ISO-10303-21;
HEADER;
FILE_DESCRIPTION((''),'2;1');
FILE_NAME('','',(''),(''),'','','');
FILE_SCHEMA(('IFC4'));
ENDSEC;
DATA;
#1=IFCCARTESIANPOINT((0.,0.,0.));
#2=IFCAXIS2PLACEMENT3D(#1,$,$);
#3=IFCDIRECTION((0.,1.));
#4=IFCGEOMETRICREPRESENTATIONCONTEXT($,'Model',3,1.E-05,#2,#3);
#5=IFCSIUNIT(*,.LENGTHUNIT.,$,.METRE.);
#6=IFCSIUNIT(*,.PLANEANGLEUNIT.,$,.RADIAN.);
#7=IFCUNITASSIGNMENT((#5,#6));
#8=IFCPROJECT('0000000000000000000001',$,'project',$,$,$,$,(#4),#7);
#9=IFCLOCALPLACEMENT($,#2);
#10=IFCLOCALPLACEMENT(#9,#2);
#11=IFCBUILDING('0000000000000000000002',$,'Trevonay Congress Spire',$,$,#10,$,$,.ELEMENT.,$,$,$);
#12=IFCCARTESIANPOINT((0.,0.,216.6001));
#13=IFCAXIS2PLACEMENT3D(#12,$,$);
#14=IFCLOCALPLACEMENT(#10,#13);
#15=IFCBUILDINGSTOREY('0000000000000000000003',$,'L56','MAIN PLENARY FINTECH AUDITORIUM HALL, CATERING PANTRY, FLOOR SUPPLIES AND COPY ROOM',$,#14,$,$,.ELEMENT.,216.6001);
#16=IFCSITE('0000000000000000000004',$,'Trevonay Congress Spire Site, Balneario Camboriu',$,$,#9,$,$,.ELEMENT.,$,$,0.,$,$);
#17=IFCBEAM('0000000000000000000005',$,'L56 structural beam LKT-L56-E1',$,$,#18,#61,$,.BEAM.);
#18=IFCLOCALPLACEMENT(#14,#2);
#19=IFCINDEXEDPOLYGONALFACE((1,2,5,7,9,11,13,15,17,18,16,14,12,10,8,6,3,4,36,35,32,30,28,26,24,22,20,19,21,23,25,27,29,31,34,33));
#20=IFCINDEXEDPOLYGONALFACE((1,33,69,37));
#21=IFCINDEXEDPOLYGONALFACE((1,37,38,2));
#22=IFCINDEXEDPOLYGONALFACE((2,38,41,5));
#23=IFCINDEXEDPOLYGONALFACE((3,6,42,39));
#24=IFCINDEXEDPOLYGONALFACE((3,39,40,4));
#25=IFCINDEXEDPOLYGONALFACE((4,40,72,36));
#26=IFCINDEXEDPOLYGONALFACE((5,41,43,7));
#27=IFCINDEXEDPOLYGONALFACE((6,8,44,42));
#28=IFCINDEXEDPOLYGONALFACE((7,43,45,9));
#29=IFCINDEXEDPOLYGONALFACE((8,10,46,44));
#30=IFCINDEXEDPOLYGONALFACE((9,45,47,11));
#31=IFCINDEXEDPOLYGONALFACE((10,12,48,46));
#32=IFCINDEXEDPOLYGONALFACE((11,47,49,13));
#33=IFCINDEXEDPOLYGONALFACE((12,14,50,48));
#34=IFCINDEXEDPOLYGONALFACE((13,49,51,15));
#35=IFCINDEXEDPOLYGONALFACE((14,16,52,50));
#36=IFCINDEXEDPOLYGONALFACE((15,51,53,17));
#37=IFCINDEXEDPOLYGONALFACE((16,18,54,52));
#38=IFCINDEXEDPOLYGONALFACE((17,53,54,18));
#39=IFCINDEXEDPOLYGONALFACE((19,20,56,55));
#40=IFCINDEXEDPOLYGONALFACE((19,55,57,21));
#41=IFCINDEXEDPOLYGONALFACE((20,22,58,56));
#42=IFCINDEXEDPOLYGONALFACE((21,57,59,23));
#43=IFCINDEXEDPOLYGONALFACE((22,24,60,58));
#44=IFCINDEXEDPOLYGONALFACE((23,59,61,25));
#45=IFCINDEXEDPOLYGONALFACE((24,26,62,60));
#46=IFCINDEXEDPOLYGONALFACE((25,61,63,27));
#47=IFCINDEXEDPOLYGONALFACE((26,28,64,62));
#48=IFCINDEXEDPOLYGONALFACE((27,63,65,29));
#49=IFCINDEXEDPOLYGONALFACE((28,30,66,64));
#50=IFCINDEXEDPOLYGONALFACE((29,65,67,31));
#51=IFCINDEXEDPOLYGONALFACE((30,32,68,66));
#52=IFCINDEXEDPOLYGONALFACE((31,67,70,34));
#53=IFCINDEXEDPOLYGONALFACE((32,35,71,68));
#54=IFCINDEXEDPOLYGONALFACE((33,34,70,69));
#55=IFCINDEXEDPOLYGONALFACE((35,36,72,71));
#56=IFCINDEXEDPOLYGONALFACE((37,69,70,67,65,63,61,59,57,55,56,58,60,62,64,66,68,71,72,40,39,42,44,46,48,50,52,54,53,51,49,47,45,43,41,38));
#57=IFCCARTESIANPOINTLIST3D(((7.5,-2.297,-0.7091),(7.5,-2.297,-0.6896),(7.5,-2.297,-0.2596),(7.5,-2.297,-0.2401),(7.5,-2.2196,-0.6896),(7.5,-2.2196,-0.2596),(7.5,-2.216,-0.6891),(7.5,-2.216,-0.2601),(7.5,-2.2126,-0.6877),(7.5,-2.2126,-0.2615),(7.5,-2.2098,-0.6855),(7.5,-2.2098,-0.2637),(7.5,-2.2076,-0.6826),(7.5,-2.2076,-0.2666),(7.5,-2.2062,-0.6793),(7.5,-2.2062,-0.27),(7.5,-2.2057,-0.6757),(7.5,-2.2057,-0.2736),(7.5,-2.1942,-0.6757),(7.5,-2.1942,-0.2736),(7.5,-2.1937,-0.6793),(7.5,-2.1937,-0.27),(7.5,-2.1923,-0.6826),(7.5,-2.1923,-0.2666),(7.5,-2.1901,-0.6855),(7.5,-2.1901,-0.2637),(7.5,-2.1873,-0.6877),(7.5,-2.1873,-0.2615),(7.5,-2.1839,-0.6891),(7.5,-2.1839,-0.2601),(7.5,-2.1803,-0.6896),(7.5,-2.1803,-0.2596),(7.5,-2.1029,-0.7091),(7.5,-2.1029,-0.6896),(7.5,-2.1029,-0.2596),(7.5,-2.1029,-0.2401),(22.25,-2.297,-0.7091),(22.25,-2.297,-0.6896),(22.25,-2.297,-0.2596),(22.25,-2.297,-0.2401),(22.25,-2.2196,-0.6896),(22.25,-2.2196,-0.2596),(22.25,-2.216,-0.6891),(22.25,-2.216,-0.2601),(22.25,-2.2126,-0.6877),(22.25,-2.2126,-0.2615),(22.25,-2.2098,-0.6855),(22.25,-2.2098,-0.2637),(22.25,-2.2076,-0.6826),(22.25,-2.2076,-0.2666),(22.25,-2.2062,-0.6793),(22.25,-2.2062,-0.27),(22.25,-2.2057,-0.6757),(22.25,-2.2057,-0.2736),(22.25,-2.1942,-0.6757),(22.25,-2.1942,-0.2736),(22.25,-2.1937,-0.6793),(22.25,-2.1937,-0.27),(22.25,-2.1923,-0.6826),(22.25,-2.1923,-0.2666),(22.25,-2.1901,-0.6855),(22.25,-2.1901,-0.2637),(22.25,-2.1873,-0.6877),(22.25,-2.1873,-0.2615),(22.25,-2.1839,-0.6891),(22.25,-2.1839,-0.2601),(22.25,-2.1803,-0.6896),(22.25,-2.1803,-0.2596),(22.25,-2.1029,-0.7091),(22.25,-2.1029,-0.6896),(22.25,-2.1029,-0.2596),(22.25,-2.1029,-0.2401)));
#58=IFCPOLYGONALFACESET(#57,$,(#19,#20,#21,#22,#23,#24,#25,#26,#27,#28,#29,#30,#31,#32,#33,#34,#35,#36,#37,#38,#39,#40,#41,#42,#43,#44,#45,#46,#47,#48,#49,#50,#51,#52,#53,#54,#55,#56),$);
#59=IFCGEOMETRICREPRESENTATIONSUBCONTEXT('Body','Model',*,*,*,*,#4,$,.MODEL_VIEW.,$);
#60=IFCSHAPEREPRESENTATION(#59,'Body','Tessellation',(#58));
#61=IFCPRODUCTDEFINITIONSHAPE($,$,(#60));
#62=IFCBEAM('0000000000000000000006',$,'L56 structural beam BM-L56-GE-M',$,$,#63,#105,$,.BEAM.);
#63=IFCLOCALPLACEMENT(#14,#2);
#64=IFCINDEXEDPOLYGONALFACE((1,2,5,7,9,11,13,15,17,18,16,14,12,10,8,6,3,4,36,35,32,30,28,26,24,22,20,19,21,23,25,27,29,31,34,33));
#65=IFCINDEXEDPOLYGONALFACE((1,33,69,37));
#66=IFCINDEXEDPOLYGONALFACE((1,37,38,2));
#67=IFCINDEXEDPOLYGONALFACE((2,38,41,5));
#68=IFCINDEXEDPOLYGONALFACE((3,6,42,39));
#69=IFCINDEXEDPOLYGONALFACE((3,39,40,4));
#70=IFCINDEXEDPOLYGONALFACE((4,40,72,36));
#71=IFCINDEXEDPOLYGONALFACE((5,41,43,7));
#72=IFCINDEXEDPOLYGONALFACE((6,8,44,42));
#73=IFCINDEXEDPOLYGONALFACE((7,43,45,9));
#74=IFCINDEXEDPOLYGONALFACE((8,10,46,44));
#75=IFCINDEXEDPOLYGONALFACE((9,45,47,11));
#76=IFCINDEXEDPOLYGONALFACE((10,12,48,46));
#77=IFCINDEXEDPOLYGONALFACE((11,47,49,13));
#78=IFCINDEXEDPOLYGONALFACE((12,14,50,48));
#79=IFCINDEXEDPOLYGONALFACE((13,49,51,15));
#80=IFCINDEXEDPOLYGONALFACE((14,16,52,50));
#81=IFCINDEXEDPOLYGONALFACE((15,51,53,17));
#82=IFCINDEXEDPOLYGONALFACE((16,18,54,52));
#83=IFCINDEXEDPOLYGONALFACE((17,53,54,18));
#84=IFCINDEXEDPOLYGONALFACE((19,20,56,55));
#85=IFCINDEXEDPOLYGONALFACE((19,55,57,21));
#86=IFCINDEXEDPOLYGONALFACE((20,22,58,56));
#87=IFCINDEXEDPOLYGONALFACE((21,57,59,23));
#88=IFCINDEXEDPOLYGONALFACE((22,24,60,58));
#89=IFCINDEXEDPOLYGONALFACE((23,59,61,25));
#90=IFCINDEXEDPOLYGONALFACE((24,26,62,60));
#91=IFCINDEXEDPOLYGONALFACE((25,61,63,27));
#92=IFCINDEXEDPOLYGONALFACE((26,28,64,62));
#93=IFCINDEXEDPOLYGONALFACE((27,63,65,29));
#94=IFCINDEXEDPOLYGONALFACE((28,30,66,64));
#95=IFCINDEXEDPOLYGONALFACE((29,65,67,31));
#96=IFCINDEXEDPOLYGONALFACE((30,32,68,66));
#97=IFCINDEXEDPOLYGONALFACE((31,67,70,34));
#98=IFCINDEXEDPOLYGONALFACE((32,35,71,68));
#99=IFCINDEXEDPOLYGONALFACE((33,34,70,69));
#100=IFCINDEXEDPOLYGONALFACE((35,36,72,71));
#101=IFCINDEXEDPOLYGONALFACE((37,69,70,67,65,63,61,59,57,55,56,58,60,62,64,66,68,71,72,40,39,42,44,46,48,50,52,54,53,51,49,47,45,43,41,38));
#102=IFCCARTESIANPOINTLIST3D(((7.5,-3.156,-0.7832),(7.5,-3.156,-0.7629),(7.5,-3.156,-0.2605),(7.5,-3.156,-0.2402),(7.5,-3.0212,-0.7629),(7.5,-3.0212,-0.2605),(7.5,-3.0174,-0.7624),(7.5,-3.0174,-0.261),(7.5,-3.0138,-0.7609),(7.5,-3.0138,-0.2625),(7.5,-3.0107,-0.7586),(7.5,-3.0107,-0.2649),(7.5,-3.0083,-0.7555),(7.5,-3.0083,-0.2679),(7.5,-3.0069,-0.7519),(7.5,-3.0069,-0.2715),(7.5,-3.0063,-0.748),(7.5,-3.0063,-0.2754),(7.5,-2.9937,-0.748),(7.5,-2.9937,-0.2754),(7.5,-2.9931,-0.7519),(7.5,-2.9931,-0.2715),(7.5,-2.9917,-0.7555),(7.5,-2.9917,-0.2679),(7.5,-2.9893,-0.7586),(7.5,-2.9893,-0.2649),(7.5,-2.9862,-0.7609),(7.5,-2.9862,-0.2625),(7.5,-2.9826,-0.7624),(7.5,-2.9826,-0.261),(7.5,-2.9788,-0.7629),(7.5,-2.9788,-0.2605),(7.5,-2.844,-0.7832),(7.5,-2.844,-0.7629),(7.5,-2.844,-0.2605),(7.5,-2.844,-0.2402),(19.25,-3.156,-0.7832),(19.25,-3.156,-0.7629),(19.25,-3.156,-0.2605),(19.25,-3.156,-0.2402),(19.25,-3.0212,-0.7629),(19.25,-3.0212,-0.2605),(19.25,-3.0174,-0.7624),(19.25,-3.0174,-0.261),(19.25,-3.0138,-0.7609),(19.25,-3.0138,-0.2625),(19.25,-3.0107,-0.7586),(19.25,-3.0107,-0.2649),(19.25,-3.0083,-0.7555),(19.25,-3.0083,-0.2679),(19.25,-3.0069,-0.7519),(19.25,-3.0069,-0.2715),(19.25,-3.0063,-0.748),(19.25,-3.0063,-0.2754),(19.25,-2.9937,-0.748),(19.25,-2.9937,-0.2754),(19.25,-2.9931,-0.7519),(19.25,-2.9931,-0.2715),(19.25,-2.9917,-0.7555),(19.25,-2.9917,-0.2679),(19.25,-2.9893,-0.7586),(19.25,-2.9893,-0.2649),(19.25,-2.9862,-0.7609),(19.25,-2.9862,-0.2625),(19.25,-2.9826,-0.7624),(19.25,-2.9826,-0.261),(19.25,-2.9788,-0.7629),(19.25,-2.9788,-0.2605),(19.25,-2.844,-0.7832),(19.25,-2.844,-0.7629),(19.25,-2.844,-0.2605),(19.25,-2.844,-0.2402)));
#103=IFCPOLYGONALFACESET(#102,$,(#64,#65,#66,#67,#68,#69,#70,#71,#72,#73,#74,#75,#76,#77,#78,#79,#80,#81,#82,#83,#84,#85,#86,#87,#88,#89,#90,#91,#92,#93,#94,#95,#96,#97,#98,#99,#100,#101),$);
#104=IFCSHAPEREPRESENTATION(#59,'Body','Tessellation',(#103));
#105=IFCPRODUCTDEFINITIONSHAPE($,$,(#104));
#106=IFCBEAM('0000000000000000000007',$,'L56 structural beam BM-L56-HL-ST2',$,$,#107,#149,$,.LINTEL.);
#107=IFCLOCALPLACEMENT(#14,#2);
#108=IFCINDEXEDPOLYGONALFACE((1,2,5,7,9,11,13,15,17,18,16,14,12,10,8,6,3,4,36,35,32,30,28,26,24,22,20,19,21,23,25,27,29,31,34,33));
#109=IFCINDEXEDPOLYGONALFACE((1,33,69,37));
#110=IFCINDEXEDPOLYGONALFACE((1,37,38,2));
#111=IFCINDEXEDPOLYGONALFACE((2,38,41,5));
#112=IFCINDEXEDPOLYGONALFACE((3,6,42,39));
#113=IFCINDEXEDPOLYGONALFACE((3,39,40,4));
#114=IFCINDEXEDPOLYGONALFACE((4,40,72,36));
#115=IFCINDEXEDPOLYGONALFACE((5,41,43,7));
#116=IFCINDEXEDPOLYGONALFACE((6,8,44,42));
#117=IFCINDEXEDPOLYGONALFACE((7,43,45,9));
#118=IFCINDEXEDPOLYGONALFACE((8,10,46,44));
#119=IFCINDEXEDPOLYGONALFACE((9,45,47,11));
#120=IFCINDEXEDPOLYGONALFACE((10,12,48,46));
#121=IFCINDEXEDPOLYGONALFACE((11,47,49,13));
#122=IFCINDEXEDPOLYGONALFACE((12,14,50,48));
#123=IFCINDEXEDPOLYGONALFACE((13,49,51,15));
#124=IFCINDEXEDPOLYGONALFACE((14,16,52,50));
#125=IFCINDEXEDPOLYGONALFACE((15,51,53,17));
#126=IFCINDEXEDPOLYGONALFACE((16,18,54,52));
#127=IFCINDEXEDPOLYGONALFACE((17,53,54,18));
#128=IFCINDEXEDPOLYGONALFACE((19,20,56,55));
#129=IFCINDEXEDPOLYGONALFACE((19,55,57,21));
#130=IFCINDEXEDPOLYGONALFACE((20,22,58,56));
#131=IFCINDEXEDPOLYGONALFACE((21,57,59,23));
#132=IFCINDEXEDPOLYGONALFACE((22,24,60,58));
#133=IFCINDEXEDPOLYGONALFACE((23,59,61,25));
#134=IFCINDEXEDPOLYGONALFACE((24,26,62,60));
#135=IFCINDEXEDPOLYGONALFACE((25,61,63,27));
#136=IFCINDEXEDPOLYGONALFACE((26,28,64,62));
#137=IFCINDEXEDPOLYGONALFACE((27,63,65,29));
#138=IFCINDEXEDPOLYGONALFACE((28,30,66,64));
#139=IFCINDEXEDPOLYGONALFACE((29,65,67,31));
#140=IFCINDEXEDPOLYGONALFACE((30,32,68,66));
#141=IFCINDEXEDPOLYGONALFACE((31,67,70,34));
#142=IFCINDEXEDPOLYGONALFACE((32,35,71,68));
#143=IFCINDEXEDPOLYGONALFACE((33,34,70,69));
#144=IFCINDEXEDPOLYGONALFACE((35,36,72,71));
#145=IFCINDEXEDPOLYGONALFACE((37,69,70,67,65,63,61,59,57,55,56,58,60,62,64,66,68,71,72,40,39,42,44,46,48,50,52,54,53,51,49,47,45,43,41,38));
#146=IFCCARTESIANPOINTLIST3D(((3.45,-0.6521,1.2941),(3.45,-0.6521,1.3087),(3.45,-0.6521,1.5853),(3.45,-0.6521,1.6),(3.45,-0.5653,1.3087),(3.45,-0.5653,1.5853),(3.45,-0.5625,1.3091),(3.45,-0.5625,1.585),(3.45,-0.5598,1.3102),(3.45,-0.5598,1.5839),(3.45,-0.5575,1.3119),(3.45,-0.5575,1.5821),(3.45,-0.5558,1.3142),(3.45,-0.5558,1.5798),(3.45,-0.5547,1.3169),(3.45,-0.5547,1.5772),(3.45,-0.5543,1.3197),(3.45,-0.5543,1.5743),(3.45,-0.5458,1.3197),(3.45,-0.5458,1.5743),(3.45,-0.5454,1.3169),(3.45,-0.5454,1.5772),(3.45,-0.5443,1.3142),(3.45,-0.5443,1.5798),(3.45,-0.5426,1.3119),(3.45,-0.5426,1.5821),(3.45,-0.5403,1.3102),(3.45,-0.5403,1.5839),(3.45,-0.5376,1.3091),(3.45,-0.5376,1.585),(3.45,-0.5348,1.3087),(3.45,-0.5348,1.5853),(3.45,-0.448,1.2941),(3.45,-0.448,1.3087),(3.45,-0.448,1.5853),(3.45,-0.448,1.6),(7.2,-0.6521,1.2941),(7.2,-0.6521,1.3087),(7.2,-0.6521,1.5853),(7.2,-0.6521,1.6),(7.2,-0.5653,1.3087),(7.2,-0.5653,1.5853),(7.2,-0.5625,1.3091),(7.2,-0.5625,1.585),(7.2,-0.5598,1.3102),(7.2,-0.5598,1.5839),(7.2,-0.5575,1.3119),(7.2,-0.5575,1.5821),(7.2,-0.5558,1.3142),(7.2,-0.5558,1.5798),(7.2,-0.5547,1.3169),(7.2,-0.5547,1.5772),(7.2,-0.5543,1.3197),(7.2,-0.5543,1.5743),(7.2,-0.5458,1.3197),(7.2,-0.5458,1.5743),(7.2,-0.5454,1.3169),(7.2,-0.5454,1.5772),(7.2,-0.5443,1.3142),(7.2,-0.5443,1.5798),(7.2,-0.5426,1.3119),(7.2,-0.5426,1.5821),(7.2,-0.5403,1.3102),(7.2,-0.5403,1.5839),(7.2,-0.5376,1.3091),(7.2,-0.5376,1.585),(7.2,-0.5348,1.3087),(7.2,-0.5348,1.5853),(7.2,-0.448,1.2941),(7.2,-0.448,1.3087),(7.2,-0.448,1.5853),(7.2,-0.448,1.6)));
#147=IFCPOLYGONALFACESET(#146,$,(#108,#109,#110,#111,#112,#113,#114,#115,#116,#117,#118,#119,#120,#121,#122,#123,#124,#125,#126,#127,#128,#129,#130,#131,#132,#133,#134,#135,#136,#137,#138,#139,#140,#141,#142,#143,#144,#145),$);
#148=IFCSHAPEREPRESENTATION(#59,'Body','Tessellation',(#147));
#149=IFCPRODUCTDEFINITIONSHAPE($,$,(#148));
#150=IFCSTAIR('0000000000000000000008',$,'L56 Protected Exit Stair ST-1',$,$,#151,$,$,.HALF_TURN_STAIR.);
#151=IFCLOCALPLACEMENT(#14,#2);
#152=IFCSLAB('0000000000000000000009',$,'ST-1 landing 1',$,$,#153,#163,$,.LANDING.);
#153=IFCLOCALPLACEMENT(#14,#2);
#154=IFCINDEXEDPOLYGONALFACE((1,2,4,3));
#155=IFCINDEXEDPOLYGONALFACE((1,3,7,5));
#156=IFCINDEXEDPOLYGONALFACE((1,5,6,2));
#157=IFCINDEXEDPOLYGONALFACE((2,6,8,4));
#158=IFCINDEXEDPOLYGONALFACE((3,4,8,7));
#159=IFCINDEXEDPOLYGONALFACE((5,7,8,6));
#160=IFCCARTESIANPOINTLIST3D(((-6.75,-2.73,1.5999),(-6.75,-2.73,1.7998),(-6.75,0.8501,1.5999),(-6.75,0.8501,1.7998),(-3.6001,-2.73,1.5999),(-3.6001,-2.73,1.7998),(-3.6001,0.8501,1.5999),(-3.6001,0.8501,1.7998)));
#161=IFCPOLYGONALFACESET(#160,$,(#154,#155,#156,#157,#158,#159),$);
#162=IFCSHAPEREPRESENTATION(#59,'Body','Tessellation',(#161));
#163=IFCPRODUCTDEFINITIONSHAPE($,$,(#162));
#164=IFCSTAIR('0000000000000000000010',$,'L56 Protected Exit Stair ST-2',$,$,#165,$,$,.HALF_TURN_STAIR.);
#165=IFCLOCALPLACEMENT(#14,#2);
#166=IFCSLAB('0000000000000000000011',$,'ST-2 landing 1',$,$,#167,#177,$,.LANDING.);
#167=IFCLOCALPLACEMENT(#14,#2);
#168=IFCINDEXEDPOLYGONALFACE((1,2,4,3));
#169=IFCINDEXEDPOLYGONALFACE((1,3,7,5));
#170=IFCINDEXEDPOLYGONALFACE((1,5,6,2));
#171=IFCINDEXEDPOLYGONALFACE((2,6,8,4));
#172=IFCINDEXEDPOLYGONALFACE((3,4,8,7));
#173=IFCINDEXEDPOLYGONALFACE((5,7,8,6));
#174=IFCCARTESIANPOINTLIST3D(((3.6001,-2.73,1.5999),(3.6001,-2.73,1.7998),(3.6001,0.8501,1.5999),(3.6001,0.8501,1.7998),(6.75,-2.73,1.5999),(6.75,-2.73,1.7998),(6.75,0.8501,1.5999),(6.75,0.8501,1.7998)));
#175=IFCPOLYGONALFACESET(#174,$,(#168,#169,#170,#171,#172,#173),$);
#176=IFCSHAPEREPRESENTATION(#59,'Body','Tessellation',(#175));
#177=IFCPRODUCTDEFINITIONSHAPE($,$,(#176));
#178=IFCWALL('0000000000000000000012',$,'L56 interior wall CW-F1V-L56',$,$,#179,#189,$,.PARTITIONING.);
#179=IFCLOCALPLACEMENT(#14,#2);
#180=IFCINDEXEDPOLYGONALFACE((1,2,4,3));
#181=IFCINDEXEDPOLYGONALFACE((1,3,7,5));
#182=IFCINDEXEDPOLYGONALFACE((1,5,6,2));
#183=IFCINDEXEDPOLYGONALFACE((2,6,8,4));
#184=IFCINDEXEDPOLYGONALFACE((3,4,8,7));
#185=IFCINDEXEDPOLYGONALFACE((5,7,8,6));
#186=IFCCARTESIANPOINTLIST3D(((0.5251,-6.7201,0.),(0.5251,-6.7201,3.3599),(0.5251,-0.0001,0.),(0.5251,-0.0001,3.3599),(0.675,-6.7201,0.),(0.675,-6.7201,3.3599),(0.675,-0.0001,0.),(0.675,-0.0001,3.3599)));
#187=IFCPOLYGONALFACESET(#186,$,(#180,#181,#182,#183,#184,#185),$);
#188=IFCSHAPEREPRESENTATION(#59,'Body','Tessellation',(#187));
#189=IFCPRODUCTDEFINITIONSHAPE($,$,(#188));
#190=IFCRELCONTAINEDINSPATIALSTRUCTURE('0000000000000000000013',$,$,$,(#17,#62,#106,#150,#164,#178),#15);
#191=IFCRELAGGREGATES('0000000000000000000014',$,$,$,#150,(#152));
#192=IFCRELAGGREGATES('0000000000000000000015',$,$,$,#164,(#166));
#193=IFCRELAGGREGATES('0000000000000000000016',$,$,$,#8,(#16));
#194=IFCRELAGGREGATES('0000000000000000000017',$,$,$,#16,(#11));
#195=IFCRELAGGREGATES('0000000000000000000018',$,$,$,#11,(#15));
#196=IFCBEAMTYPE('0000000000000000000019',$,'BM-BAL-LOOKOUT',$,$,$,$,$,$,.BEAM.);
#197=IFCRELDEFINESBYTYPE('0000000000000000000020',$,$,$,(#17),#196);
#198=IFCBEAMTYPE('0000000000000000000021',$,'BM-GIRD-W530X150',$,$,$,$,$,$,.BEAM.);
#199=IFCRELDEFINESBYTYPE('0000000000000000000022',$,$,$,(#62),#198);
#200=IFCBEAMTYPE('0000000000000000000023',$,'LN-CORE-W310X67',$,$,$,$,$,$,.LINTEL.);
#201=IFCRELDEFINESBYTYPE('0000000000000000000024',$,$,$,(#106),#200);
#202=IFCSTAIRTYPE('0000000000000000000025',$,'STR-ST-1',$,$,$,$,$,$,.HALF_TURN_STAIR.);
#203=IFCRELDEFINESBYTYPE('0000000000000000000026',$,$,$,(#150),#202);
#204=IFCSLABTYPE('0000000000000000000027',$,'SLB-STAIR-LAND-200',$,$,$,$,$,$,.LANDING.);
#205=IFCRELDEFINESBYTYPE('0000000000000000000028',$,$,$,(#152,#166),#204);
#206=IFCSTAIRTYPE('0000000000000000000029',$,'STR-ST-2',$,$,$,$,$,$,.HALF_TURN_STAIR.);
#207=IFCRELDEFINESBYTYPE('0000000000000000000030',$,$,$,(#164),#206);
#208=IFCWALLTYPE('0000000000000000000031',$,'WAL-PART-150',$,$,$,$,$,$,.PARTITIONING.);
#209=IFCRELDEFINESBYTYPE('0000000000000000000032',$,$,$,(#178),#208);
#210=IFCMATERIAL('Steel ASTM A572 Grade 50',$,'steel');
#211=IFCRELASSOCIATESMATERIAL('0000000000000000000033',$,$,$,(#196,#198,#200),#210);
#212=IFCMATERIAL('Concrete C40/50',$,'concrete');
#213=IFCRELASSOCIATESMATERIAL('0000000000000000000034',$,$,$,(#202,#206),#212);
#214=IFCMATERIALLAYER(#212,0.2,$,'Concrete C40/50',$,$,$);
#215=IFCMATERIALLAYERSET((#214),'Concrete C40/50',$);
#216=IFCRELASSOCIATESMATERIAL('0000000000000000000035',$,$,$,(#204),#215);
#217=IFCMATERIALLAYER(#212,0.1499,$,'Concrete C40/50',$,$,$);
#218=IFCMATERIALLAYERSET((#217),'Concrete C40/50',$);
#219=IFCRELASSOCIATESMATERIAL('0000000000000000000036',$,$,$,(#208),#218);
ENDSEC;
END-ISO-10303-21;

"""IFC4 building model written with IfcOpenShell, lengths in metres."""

from ifc_helpers import new_model, si_unit, direction, frame, frame_2d, origin, origin_2d, place, context, subcontext, project, spatial, polyline, rectangle, i_section, outline, extrude, material, layer, layer_set, material_profile, profile_set, type_object, element, aggregate, save


model = new_model("IFC4")

# Units and contexts
model_context = context("Model", 3, precision=1e-05, world=origin(), true_north=direction((0.0, 1.0)))
body_context = subcontext(model_context, "Body", "Model", "MODEL_VIEW")
ifc_project = project(units=[si_unit("LENGTHUNIT", "METRE"), si_unit("PLANEANGLEUNIT", "RADIAN")], contexts=[model_context])

# Site, building, storey
site_placement = place(None, origin())
site = spatial("IfcSite", under=ifc_project, at=site_placement, Name="Trevonay Congress Spire Site, Balneario Camboriu", CompositionType="ELEMENT", RefElevation=0.0)
building_placement = place(site_placement, origin())
building = spatial("IfcBuilding", under=site, at=building_placement, Name="Trevonay Congress Spire", CompositionType="ELEMENT")
storey_placement = place(building_placement, frame((0.0, 0.0, 216.6001)))
storey = spatial("IfcBuildingStorey", under=building, at=storey_placement, Name="L56", Description="MAIN PLENARY FINTECH AUDITORIUM HALL, CATERING PANTRY, FLOOR SUPPLIES AND COPY ROOM", CompositionType="ELEMENT", Elevation=216.6001)

# Beams
ifc_material_1 = material(Name="Steel ASTM A572 Grade 50", Category="steel")
ifc_material_profile_1 = material_profile(ifc_material_1, i_section(OverallWidth=0.1941, OverallDepth=0.469, WebThickness=0.0115, FlangeThickness=0.0195, FilletRadius=0.0139, at=origin_2d()), Name="W460x106")
ifc_profile_set_1 = profile_set([ifc_material_profile_1], Name="Steel ASTM A572 Grade 50")
beam_type_1 = type_object("IfcBeamType", Name="BM-BAL-LOOKOUT", PredefinedType="BEAM", material=ifc_profile_set_1)
beam_1_placement = place(storey_placement, frame((7.5, -2.2, -0.4746), z_axis=(1.0, 0.0, 0.0), x_axis=(0.0, 1.0, 0.0)))
element("IfcBeam", 1, at=beam_1_placement, inside=storey, type_object=beam_type_1, Name="L56 structural beam LKT-L56-E1", PredefinedType="BEAM", context=body_context, shape_type="SweptSolid", body=[
    extrude(i_section(OverallWidth=0.1941, OverallDepth=0.469, WebThickness=0.0115, FlangeThickness=0.0195, FilletRadius=0.0139, at=origin_2d()), origin(), (0.0, 0.0, 1.0), 14.75),
])
ifc_material_profile_2 = material_profile(ifc_material_1, i_section(OverallWidth=0.312, OverallDepth=0.543, WebThickness=0.0127, FlangeThickness=0.0203, FilletRadius=0.0149, at=origin_2d()), Name="W530x150")
ifc_profile_set_2 = profile_set([ifc_material_profile_2], Name="Steel ASTM A572 Grade 50")
beam_type_2 = type_object("IfcBeamType", Name="BM-GIRD-W530X150", PredefinedType="BEAM", material=ifc_profile_set_2)
beam_2_placement = place(storey_placement, frame((7.5, -3.0, -0.5117), z_axis=(1.0, 0.0, 0.0), x_axis=(0.0, 1.0, 0.0)))
element("IfcBeam", 2, at=beam_2_placement, inside=storey, type_object=beam_type_2, Name="L56 structural beam BM-L56-GE-M", PredefinedType="BEAM", context=body_context, shape_type="SweptSolid", body=[
    extrude(i_section(OverallWidth=0.312, OverallDepth=0.543, WebThickness=0.0127, FlangeThickness=0.0203, FilletRadius=0.0149, at=origin_2d()), origin(), (0.0, 0.0, 1.0), 11.75),
])
ifc_material_profile_3 = material_profile(ifc_material_1, i_section(OverallWidth=0.2041, OverallDepth=0.3059, WebThickness=0.0085, FlangeThickness=0.0146, FilletRadius=0.011, at=origin_2d()), Name="W310x67")
ifc_profile_set_3 = profile_set([ifc_material_profile_3], Name="Steel ASTM A572 Grade 50")
beam_type_3 = type_object("IfcBeamType", Name="LN-CORE-W310X67", PredefinedType="LINTEL", material=ifc_profile_set_3)
beam_3_placement = place(storey_placement, frame((3.45, -0.55, 1.447), z_axis=(1.0, 0.0, 0.0), x_axis=(0.0, 1.0, 0.0)))
element("IfcBeam", 3, at=beam_3_placement, inside=storey, type_object=beam_type_3, Name="L56 structural beam BM-L56-HL-ST2", PredefinedType="LINTEL", context=body_context, shape_type="SweptSolid", body=[
    extrude(i_section(OverallWidth=0.2041, OverallDepth=0.3059, WebThickness=0.0085, FlangeThickness=0.0146, FilletRadius=0.011, at=origin_2d()), origin(), (0.0, 0.0, 1.0), 3.75),
])

# Stairs, slabs
ifc_material_2 = material(Name="Concrete C40/50", Category="concrete")
stair_type_1 = type_object("IfcStairType", Name="STR-ST-1", PredefinedType="HALF_TURN_STAIR", material=ifc_material_2)
stair_1_placement = place(storey_placement, origin())
stair_1 = element("IfcStair", 4, at=stair_1_placement, inside=storey, type_object=stair_type_1, Name="L56 Protected Exit Stair ST-1", PredefinedType="HALF_TURN_STAIR")
ifc_layer_1 = layer(ifc_material_2, 0.2, Name="Concrete C40/50")
ifc_layer_set_1 = layer_set([ifc_layer_1], Name="Concrete C40/50")
slab_type = type_object("IfcSlabType", Name="SLB-STAIR-LAND-200", PredefinedType="LANDING", material=ifc_layer_set_1)
slab_1_placement = place(storey_placement, frame((0.0, 0.0, 1.5999)))
slab_1 = element("IfcSlab", 5, at=slab_1_placement, type_object=slab_type, Name="ST-1 landing 1", PredefinedType="LANDING", context=body_context, shape_type="SweptSolid", body=[
    extrude(outline(polyline([(-3.6001, -2.73), (-3.6001, 0.8501), (-6.75, 0.8501), (-6.75, -2.73), (-3.6001, -2.73)])), origin(), (0.0, 0.0, 1.0), 0.2),
])
aggregate(stair_1, [slab_1])
stair_type_2 = type_object("IfcStairType", Name="STR-ST-2", PredefinedType="HALF_TURN_STAIR", material=ifc_material_2)
stair_2_placement = place(storey_placement, origin())
stair_2 = element("IfcStair", 6, at=stair_2_placement, inside=storey, type_object=stair_type_2, Name="L56 Protected Exit Stair ST-2", PredefinedType="HALF_TURN_STAIR")
slab_2_placement = place(storey_placement, frame((0.0, 0.0, 1.5999)))
slab_2 = element("IfcSlab", 7, at=slab_2_placement, type_object=slab_type, Name="ST-2 landing 1", PredefinedType="LANDING", context=body_context, shape_type="SweptSolid", body=[
    extrude(outline(polyline([(6.75, -2.73), (6.75, 0.8501), (3.6001, 0.8501), (3.6001, -2.73), (6.75, -2.73)])), origin(), (0.0, 0.0, 1.0), 0.2),
])

# Wall
ifc_layer_2 = layer(ifc_material_2, 0.1499, Name="Concrete C40/50")
ifc_layer_set_2 = layer_set([ifc_layer_2], Name="Concrete C40/50")
wall_type_1 = type_object("IfcWallType", Name="WAL-PART-150", PredefinedType="PARTITIONING", material=ifc_layer_set_2)
wall_1_placement = place(storey_placement, frame((0.6001, -6.72, 0.0), z_axis=(0.0, 0.0, 1.0), x_axis=(0.0, 1.0, 0.0)))
element("IfcWall", 8, at=wall_1_placement, inside=storey, type_object=wall_type_1, Name="L56 interior wall CW-F1V-L56", PredefinedType="PARTITIONING", context=body_context, shape_type="SweptSolid", body=[
    extrude(rectangle(XDim=6.72, YDim=0.1499, at=frame_2d((3.3599, 0.0))), origin(), (0.0, 0.0, 1.0), 3.3599),
])

aggregate(stair_2, [slab_2])

save(model, "model.ifc")
